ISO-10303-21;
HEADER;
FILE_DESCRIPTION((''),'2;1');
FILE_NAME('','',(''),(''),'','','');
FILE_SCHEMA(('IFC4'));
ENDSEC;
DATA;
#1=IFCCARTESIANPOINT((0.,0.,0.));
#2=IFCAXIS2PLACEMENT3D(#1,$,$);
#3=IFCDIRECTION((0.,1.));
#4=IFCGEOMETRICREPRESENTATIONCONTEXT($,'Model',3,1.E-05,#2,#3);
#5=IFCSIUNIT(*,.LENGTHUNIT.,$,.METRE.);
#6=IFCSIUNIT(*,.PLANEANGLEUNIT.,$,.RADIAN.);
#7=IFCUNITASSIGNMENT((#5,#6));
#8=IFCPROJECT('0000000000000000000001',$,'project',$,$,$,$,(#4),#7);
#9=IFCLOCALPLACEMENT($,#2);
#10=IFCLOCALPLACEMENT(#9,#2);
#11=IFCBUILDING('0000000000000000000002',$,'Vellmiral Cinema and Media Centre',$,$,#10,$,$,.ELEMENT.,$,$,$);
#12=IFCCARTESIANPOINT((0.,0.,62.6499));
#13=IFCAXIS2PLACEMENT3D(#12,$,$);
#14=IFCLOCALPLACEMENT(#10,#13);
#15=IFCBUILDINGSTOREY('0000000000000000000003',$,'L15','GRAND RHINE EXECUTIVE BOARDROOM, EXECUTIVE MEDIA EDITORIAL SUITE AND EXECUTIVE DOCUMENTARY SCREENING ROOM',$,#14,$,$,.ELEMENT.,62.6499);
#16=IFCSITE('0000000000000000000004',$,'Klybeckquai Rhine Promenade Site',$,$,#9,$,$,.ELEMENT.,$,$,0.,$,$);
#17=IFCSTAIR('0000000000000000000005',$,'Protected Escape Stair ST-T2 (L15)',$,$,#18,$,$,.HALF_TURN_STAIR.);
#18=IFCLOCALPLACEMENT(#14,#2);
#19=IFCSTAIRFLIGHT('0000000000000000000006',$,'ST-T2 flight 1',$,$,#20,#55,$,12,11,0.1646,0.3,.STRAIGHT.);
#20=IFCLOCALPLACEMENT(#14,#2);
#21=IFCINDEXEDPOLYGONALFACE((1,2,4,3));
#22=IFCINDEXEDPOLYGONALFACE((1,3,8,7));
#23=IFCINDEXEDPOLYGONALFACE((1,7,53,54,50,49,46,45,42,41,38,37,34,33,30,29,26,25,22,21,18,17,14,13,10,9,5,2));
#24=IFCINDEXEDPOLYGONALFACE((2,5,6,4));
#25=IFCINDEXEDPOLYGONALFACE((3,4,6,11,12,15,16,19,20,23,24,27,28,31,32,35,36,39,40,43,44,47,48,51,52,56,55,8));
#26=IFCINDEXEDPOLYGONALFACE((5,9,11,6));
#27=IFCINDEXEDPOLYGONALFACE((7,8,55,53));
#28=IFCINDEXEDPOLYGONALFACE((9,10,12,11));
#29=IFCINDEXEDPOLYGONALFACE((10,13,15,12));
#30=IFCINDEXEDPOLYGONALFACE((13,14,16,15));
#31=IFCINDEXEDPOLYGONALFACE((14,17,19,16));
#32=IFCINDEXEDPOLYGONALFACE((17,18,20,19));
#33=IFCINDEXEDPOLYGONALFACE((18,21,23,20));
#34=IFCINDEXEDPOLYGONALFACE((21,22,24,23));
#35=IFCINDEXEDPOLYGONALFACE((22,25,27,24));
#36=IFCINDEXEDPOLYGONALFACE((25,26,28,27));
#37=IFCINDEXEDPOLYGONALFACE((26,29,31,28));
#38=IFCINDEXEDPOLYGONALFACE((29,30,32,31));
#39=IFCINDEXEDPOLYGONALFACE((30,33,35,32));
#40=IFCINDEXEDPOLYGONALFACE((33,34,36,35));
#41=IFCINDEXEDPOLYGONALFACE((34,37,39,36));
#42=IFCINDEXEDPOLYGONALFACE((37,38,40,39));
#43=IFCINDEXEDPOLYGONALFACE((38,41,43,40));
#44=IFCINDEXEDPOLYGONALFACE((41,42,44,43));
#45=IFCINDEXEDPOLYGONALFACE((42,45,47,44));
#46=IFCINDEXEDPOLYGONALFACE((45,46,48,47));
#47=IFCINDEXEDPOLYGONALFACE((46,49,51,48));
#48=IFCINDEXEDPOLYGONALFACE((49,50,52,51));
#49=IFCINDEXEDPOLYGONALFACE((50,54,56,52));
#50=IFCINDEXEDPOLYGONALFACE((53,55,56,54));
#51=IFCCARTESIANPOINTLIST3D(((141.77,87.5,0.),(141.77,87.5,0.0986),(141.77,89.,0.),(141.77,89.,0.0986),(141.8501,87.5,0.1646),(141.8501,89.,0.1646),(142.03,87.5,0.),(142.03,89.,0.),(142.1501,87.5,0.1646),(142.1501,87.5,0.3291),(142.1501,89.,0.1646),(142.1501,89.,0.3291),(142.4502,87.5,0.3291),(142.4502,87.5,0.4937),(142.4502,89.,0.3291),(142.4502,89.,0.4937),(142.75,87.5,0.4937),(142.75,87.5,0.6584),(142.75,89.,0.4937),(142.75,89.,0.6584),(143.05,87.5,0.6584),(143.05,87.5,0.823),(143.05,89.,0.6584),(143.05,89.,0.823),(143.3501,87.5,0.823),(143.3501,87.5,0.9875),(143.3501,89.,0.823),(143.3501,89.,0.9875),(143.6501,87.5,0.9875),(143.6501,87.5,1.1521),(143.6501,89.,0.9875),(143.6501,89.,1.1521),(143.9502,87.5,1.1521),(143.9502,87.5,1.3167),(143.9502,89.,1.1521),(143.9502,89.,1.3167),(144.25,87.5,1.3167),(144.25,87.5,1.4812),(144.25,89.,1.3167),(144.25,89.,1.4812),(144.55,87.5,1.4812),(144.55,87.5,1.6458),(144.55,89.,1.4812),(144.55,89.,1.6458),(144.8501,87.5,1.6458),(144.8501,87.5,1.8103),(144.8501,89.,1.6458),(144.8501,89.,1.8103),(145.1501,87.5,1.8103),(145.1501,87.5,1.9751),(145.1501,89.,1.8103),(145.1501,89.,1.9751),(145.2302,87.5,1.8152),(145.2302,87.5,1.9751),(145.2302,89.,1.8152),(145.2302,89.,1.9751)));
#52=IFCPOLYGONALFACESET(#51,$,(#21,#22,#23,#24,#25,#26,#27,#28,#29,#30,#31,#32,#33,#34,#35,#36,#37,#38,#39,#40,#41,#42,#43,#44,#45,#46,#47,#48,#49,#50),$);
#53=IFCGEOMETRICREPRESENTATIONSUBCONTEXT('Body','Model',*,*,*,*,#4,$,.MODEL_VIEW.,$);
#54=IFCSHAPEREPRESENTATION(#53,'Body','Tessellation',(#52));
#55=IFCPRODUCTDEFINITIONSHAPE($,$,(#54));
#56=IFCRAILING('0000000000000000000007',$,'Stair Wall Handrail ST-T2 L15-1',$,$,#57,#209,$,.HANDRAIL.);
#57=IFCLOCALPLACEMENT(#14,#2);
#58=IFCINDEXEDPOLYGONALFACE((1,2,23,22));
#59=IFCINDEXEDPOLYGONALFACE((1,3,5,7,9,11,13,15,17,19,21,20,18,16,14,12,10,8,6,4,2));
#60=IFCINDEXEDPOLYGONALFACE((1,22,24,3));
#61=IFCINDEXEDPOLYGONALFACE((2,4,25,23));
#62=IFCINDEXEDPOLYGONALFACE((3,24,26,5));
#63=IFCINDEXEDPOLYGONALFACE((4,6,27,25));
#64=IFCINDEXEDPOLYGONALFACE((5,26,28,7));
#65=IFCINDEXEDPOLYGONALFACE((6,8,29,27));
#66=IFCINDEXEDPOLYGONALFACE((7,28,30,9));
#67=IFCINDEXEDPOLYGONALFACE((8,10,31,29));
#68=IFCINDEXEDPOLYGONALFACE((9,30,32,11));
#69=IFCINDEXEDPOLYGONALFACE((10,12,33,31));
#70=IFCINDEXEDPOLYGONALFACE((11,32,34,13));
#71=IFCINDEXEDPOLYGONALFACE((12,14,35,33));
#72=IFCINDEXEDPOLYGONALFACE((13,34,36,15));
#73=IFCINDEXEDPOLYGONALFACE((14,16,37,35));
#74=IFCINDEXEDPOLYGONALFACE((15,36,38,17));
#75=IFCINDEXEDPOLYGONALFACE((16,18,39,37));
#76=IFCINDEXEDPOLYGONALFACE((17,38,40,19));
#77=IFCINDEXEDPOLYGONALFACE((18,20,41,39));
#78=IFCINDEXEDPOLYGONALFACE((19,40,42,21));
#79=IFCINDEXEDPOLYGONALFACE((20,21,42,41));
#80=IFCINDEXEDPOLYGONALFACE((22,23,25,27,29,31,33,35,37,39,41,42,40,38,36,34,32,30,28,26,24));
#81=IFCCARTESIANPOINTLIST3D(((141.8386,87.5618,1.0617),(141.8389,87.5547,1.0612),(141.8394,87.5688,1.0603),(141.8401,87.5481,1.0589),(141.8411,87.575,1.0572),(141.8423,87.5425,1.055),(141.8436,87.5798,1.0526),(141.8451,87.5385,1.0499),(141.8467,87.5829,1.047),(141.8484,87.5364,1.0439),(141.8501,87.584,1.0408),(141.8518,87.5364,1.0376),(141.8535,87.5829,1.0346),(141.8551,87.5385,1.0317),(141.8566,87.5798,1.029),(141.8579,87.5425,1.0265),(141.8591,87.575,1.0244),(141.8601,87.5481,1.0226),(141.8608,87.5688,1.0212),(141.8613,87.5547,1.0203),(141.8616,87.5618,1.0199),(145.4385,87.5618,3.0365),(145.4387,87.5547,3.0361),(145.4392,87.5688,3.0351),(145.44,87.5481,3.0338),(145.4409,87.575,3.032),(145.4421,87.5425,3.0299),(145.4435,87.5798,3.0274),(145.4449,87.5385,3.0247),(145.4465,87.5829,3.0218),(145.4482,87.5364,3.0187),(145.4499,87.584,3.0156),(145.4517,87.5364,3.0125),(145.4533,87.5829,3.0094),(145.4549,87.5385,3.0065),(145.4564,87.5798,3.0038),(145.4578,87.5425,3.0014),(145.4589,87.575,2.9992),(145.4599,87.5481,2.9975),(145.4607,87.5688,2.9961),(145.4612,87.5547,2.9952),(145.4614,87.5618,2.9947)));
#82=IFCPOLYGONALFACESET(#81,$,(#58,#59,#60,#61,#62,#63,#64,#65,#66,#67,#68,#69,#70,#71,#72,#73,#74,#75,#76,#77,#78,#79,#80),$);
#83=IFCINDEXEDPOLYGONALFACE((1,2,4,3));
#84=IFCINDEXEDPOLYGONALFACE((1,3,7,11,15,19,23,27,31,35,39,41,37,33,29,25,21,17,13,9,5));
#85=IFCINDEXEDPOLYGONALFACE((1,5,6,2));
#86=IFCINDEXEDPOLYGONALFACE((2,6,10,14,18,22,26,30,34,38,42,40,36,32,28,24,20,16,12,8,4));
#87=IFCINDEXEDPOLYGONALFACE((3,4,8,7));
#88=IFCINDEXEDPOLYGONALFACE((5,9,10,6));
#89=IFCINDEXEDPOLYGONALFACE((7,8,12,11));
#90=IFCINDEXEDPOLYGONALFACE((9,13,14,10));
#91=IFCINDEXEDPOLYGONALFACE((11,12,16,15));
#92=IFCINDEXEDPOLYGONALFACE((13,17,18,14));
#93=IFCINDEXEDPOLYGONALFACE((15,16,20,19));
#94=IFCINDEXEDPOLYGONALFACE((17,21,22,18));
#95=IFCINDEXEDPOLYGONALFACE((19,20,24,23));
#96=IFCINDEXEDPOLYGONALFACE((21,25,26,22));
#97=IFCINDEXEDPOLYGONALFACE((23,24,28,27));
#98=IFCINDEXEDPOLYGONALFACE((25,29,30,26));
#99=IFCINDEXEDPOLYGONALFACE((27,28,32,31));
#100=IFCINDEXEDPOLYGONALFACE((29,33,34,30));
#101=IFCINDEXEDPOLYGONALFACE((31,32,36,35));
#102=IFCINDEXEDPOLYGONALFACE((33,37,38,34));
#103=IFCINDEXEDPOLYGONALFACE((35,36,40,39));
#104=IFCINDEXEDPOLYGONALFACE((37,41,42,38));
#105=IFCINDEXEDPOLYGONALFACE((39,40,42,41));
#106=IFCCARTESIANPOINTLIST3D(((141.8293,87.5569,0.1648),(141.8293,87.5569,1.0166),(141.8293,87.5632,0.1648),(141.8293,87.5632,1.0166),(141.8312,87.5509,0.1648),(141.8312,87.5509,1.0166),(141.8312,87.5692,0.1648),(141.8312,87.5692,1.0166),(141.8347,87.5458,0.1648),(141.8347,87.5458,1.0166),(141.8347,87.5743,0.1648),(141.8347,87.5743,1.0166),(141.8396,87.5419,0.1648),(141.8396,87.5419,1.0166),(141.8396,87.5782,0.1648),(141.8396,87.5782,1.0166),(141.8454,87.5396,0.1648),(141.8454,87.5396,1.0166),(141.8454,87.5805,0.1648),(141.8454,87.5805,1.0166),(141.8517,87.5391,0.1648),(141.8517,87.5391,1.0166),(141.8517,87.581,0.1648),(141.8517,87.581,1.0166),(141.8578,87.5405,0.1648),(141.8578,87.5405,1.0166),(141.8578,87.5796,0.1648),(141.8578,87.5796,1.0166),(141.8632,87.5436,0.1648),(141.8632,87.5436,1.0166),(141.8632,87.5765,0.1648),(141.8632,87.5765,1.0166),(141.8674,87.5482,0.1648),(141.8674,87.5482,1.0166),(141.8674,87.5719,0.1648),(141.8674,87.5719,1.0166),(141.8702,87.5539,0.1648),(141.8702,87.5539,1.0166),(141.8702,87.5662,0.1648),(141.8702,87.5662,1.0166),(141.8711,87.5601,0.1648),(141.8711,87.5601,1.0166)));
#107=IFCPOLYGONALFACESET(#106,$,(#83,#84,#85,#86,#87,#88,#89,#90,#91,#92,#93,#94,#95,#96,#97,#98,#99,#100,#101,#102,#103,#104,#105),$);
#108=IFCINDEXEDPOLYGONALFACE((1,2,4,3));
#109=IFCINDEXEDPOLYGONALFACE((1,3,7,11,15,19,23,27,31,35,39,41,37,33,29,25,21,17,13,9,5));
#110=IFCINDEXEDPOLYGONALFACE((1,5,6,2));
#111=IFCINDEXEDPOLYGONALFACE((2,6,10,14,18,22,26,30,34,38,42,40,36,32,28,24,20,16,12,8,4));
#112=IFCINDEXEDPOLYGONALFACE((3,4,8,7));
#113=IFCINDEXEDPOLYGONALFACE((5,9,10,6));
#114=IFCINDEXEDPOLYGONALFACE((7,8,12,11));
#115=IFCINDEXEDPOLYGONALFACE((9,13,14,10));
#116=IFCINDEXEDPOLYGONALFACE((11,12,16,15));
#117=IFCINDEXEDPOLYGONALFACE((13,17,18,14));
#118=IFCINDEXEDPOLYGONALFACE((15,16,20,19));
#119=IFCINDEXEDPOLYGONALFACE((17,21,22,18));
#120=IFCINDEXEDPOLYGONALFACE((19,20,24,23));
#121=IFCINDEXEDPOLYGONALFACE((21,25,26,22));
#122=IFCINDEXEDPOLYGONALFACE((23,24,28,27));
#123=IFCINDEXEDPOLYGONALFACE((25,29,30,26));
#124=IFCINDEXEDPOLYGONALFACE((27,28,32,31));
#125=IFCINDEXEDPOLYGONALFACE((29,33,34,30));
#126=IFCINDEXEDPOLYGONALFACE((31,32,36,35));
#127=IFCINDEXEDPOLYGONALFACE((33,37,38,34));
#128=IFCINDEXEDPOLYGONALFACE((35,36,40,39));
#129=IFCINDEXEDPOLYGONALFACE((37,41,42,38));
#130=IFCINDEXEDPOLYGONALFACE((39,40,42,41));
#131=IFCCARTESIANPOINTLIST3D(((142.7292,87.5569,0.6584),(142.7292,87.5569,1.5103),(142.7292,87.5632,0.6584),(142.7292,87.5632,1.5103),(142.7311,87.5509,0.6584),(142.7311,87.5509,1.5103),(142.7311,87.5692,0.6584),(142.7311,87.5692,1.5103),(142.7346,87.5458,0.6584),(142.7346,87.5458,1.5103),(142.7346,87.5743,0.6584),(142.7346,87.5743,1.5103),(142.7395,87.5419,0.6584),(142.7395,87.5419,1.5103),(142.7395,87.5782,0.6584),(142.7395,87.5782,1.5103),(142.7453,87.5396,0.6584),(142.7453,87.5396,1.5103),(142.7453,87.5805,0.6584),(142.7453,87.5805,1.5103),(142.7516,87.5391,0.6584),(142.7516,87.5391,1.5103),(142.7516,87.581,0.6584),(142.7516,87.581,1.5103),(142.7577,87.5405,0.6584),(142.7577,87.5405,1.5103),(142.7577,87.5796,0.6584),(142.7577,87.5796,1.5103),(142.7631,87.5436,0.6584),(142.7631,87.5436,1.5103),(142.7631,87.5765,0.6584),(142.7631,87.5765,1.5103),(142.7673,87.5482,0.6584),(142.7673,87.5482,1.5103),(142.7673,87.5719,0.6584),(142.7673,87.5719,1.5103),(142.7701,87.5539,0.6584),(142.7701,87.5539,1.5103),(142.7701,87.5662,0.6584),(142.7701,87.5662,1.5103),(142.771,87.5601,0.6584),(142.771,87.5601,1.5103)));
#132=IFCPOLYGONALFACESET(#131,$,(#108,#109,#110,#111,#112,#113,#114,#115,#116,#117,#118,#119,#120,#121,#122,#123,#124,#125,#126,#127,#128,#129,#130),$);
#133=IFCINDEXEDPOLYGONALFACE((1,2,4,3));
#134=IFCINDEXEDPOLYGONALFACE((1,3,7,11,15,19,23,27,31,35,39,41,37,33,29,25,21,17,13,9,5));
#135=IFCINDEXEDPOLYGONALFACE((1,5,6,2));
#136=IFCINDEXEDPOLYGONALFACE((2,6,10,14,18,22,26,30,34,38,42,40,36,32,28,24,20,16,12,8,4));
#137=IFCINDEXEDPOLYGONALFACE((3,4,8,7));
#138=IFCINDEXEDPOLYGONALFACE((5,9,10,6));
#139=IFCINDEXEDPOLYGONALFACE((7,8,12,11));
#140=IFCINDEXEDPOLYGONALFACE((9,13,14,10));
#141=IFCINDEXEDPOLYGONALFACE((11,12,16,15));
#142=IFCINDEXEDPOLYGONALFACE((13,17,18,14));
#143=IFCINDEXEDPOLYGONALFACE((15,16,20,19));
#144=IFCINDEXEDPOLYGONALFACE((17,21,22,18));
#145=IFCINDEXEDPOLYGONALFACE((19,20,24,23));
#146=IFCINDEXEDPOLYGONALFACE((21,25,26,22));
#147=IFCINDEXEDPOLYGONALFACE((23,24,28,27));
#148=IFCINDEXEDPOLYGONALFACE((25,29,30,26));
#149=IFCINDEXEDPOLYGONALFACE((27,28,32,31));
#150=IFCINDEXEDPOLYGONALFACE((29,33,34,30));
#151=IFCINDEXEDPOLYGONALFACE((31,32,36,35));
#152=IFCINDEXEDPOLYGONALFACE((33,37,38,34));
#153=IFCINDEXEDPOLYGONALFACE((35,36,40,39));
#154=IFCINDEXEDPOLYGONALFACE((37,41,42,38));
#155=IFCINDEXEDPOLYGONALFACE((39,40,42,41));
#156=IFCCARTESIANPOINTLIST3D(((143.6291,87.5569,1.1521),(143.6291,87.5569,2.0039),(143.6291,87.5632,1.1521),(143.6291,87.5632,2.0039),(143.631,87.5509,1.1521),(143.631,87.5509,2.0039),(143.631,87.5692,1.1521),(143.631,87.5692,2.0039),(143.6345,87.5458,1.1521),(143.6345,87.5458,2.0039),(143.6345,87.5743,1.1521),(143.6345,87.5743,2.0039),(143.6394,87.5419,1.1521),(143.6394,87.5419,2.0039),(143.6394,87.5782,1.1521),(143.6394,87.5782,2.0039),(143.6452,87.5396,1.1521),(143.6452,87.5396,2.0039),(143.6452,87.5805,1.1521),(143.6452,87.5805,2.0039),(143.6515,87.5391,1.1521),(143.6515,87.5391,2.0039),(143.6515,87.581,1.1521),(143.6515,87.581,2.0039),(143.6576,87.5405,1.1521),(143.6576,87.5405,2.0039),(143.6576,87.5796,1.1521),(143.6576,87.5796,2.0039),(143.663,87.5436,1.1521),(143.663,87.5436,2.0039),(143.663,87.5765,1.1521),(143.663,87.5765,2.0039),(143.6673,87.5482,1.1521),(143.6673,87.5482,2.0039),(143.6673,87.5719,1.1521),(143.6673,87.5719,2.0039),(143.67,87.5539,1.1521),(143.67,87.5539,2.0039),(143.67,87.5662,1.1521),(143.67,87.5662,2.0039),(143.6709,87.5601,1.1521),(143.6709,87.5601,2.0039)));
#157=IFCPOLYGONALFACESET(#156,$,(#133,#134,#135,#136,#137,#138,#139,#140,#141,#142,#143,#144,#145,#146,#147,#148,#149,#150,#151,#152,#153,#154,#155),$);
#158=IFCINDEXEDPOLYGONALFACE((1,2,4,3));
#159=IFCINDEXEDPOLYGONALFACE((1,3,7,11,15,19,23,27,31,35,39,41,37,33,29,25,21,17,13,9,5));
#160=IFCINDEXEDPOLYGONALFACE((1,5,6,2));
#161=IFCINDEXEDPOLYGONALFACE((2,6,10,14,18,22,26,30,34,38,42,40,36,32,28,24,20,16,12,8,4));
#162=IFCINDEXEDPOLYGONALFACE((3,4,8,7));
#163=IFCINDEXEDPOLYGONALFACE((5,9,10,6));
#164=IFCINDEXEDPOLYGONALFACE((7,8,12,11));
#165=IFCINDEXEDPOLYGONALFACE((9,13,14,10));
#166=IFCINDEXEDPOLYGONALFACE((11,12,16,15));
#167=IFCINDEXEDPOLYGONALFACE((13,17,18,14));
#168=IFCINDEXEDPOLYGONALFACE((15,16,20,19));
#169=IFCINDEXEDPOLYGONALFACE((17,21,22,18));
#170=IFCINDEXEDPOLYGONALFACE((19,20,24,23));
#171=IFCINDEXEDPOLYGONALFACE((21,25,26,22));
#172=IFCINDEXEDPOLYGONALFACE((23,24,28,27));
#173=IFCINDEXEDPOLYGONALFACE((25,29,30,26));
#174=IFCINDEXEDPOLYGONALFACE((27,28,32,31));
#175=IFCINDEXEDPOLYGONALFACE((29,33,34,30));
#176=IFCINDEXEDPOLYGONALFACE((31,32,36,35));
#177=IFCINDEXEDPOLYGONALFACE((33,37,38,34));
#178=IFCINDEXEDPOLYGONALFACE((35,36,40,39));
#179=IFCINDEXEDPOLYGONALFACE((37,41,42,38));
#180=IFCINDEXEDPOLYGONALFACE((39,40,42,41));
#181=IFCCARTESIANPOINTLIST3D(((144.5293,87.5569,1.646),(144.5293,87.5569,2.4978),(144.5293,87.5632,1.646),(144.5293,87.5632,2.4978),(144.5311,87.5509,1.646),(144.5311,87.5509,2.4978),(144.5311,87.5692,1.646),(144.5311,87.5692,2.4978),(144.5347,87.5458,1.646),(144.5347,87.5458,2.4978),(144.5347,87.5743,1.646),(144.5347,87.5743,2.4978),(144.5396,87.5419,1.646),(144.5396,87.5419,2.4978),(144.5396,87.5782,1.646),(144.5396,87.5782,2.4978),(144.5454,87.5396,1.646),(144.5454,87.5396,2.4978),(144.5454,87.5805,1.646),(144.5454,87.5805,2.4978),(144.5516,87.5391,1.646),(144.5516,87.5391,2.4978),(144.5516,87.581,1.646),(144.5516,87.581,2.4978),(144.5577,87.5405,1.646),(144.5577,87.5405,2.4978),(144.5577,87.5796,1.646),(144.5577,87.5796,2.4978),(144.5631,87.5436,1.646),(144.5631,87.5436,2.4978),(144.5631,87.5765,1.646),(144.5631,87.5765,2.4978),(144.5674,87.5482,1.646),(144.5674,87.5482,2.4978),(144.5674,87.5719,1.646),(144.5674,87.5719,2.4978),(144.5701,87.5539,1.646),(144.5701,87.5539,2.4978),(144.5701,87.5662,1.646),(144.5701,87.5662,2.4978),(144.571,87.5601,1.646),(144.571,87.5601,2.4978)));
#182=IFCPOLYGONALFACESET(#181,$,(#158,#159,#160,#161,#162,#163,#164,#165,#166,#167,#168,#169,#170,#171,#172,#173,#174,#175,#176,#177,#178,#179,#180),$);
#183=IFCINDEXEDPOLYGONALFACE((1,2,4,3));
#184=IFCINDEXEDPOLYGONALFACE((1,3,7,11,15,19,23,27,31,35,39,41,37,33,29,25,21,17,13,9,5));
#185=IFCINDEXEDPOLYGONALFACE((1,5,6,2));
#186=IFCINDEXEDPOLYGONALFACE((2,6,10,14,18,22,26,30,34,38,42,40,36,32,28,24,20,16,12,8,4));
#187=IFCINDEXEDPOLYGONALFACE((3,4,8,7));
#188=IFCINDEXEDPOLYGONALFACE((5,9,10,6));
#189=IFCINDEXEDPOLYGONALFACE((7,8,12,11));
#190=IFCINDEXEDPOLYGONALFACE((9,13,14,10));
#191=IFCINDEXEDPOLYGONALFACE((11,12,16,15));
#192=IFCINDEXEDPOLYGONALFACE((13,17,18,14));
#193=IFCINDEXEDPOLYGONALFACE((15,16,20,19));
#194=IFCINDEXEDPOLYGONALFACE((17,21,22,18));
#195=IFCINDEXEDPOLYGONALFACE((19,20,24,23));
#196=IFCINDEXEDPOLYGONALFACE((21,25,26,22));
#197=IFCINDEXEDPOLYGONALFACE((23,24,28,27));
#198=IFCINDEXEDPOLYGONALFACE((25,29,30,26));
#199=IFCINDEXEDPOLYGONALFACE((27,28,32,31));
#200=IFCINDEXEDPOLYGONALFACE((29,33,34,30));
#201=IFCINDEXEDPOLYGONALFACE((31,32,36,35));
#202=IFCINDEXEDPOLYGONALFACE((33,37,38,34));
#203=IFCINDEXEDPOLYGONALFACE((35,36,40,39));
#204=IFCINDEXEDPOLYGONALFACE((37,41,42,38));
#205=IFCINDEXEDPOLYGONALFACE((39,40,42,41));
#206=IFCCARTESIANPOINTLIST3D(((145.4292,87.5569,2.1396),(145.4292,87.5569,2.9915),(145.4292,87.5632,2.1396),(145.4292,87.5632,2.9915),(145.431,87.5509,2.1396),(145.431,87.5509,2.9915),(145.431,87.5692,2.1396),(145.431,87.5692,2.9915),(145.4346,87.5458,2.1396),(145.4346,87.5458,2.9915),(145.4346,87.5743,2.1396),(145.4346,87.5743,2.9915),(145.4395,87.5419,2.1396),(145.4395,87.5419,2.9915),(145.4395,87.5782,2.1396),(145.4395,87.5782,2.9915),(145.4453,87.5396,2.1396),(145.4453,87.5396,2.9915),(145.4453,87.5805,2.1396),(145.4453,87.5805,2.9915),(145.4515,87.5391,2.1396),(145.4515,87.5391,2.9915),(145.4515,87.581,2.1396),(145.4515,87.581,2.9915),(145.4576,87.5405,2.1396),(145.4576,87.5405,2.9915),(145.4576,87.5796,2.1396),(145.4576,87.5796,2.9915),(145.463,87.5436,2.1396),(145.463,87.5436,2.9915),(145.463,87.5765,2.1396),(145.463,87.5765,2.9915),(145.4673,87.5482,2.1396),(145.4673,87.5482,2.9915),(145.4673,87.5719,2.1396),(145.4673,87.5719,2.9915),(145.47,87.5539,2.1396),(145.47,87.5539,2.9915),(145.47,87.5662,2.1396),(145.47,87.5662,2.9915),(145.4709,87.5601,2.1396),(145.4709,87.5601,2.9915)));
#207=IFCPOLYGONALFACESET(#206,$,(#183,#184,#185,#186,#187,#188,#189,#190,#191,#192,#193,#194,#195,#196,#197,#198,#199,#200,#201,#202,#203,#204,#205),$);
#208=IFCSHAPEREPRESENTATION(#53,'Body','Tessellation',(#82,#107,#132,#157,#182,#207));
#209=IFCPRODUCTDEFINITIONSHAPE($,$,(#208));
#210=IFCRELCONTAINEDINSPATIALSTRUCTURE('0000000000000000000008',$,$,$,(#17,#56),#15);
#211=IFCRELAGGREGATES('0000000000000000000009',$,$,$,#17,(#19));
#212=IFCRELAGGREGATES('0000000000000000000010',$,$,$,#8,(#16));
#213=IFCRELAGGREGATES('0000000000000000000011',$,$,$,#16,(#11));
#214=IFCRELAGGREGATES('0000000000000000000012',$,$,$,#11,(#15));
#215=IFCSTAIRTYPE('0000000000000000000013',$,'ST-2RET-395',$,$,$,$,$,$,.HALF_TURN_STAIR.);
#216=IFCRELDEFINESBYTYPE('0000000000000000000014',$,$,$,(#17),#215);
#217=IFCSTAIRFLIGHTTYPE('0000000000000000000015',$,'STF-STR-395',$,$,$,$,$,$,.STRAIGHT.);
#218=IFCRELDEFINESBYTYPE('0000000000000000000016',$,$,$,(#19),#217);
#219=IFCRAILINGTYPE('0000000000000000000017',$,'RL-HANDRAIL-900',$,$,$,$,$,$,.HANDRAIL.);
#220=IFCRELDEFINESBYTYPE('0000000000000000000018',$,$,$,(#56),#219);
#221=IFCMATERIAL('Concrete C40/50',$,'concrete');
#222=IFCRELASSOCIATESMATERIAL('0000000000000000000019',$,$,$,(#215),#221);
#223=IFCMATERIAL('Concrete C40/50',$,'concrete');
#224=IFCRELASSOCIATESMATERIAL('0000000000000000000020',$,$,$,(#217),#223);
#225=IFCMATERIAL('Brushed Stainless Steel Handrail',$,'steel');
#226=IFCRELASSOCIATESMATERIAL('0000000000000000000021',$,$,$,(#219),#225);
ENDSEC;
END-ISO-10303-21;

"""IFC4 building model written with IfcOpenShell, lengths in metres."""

from ifc_helpers import new_model, si_unit, direction, frame, origin, origin_2d, place, context, subcontext, project, spatial, polyline, circle, outline, extrude, material, type_object, element, aggregate, save


model = new_model("IFC4")

# Units and contexts
model_context = context("Model", 3, precision=1e-05, world=origin(), true_north=direction((0.0, 1.0)))
body_context = subcontext(model_context, "Body", "Model", "MODEL_VIEW")
ifc_project = project(units=[si_unit("LENGTHUNIT", "METRE"), si_unit("PLANEANGLEUNIT", "RADIAN")], contexts=[model_context])

# Site, building, storey
site_placement = place(None, origin())
site = spatial("IfcSite", under=ifc_project, at=site_placement, Name="Klybeckquai Rhine Promenade Site", CompositionType="ELEMENT", RefElevation=0.0)
building_placement = place(site_placement, origin())
building = spatial("IfcBuilding", under=site, at=building_placement, Name="Vellmiral Cinema and Media Centre", CompositionType="ELEMENT")
storey_placement = place(building_placement, frame((0.0, 0.0, 62.6499)))
storey = spatial("IfcBuildingStorey", under=building, at=storey_placement, Name="L15", Description="GRAND RHINE EXECUTIVE BOARDROOM, EXECUTIVE MEDIA EDITORIAL SUITE AND EXECUTIVE DOCUMENTARY SCREENING ROOM", CompositionType="ELEMENT", Elevation=62.6499)

# Stair, stair flight
ifc_material_1 = material(Name="Concrete C40/50", Category="concrete")
stair_type = type_object("IfcStairType", Name="ST-2RET-395", PredefinedType="HALF_TURN_STAIR", material=ifc_material_1)
stair_placement = place(storey_placement, origin())
stair = element("IfcStair", 1, at=stair_placement, inside=storey, type_object=stair_type, Name="Protected Escape Stair ST-T2 (L15)", PredefinedType="HALF_TURN_STAIR")
ifc_material_2 = material(Name="Concrete C40/50", Category="concrete")
stair_flight_type = type_object("IfcStairFlightType", Name="STF-STR-395", PredefinedType="STRAIGHT", material=ifc_material_2)
stair_flight_placement = place(storey_placement, frame((141.8501, 88.25, 0.0), z_axis=(0.0, 0.0, 1.0), x_axis=(1.0, 0.0, 0.0)))
stair_flight = element("IfcStairFlight", 2, at=stair_flight_placement, type_object=stair_flight_type, Name="ST-T2 flight 1", NumberOfRisers=12, NumberOfTreads=11, PredefinedType="STRAIGHT", RiserHeight=0.1646, TreadLength=0.3, context=body_context, shape_type="SweptSolid", body=[
    extrude(outline(polyline([(-0.0801, 0.0), (-0.0801, 0.0986), (0.0, 0.1646), (0.3, 0.1646), (0.3, 0.3291), (0.6001, 0.3291), (0.6001, 0.4937), (0.8999, 0.4937), (0.8999, 0.6584), (1.2, 0.6584), (1.2, 0.823), (1.5, 0.823), (1.5, 0.9875), (1.8, 0.9875), (1.8, 1.1521), (2.1001, 1.1521), (2.1001, 1.3167), (2.3999, 1.3167), (2.3999, 1.4812), (2.7, 1.4812), (2.7, 1.6458), (3.0, 1.6458), (3.0, 1.8103), (3.3, 1.8103), (3.3, 1.9751), (3.3801, 1.9751), (3.3801, 1.8152), (0.1799, 0.0), (-0.0801, 0.0)])), frame((0.0, 0.75, 0.0), z_axis=(0.0, -1.0, 0.0), x_axis=(1.0, 0.0, 0.0)), (0.0, 0.0, 1.0), 1.5),
])
aggregate(stair, [stair_flight])

# Railing
ifc_material_3 = material(Name="Brushed Stainless Steel Handrail", Category="steel")
railing_type_1 = type_object("IfcRailingType", Name="RL-HANDRAIL-900", PredefinedType="HANDRAIL", material=ifc_material_3)
railing_1_placement = place(storey_placement, frame((141.8501, 87.5601, 0.1648)))
element("IfcRailing", 3, at=railing_1_placement, inside=storey, type_object=railing_type_1, Name="Stair Wall Handrail ST-T2 L15-1", PredefinedType="HANDRAIL", context=body_context, shape_type="SweptSolid", body=[
    extrude(circle(Radius=0.0239, at=origin_2d()), frame((0.0, 0.0, 0.876), z_axis=(0.876736, 0.0, 0.480971), x_axis=(0.0, 1.0, 0.0)), (0.0, 0.0, 1.0), 4.106),
    extrude(circle(Radius=0.021, at=origin_2d()), origin(), (0.0, 0.0, 1.0), 0.8518),
    extrude(circle(Radius=0.021, at=origin_2d()), frame((0.8999, 0.0, 0.4937)), (0.0, 0.0, 1.0), 0.8518),
    extrude(circle(Radius=0.021, at=origin_2d()), frame((1.7998, 0.0, 0.9873)), (0.0, 0.0, 1.0), 0.8518),
    extrude(circle(Radius=0.021, at=origin_2d()), frame((2.7, 0.0, 1.4812)), (0.0, 0.0, 1.0), 0.8518),
    extrude(circle(Radius=0.021, at=origin_2d()), frame((3.5999, 0.0, 1.9749)), (0.0, 0.0, 1.0), 0.8518),
])

save(model, "model.ifc")
